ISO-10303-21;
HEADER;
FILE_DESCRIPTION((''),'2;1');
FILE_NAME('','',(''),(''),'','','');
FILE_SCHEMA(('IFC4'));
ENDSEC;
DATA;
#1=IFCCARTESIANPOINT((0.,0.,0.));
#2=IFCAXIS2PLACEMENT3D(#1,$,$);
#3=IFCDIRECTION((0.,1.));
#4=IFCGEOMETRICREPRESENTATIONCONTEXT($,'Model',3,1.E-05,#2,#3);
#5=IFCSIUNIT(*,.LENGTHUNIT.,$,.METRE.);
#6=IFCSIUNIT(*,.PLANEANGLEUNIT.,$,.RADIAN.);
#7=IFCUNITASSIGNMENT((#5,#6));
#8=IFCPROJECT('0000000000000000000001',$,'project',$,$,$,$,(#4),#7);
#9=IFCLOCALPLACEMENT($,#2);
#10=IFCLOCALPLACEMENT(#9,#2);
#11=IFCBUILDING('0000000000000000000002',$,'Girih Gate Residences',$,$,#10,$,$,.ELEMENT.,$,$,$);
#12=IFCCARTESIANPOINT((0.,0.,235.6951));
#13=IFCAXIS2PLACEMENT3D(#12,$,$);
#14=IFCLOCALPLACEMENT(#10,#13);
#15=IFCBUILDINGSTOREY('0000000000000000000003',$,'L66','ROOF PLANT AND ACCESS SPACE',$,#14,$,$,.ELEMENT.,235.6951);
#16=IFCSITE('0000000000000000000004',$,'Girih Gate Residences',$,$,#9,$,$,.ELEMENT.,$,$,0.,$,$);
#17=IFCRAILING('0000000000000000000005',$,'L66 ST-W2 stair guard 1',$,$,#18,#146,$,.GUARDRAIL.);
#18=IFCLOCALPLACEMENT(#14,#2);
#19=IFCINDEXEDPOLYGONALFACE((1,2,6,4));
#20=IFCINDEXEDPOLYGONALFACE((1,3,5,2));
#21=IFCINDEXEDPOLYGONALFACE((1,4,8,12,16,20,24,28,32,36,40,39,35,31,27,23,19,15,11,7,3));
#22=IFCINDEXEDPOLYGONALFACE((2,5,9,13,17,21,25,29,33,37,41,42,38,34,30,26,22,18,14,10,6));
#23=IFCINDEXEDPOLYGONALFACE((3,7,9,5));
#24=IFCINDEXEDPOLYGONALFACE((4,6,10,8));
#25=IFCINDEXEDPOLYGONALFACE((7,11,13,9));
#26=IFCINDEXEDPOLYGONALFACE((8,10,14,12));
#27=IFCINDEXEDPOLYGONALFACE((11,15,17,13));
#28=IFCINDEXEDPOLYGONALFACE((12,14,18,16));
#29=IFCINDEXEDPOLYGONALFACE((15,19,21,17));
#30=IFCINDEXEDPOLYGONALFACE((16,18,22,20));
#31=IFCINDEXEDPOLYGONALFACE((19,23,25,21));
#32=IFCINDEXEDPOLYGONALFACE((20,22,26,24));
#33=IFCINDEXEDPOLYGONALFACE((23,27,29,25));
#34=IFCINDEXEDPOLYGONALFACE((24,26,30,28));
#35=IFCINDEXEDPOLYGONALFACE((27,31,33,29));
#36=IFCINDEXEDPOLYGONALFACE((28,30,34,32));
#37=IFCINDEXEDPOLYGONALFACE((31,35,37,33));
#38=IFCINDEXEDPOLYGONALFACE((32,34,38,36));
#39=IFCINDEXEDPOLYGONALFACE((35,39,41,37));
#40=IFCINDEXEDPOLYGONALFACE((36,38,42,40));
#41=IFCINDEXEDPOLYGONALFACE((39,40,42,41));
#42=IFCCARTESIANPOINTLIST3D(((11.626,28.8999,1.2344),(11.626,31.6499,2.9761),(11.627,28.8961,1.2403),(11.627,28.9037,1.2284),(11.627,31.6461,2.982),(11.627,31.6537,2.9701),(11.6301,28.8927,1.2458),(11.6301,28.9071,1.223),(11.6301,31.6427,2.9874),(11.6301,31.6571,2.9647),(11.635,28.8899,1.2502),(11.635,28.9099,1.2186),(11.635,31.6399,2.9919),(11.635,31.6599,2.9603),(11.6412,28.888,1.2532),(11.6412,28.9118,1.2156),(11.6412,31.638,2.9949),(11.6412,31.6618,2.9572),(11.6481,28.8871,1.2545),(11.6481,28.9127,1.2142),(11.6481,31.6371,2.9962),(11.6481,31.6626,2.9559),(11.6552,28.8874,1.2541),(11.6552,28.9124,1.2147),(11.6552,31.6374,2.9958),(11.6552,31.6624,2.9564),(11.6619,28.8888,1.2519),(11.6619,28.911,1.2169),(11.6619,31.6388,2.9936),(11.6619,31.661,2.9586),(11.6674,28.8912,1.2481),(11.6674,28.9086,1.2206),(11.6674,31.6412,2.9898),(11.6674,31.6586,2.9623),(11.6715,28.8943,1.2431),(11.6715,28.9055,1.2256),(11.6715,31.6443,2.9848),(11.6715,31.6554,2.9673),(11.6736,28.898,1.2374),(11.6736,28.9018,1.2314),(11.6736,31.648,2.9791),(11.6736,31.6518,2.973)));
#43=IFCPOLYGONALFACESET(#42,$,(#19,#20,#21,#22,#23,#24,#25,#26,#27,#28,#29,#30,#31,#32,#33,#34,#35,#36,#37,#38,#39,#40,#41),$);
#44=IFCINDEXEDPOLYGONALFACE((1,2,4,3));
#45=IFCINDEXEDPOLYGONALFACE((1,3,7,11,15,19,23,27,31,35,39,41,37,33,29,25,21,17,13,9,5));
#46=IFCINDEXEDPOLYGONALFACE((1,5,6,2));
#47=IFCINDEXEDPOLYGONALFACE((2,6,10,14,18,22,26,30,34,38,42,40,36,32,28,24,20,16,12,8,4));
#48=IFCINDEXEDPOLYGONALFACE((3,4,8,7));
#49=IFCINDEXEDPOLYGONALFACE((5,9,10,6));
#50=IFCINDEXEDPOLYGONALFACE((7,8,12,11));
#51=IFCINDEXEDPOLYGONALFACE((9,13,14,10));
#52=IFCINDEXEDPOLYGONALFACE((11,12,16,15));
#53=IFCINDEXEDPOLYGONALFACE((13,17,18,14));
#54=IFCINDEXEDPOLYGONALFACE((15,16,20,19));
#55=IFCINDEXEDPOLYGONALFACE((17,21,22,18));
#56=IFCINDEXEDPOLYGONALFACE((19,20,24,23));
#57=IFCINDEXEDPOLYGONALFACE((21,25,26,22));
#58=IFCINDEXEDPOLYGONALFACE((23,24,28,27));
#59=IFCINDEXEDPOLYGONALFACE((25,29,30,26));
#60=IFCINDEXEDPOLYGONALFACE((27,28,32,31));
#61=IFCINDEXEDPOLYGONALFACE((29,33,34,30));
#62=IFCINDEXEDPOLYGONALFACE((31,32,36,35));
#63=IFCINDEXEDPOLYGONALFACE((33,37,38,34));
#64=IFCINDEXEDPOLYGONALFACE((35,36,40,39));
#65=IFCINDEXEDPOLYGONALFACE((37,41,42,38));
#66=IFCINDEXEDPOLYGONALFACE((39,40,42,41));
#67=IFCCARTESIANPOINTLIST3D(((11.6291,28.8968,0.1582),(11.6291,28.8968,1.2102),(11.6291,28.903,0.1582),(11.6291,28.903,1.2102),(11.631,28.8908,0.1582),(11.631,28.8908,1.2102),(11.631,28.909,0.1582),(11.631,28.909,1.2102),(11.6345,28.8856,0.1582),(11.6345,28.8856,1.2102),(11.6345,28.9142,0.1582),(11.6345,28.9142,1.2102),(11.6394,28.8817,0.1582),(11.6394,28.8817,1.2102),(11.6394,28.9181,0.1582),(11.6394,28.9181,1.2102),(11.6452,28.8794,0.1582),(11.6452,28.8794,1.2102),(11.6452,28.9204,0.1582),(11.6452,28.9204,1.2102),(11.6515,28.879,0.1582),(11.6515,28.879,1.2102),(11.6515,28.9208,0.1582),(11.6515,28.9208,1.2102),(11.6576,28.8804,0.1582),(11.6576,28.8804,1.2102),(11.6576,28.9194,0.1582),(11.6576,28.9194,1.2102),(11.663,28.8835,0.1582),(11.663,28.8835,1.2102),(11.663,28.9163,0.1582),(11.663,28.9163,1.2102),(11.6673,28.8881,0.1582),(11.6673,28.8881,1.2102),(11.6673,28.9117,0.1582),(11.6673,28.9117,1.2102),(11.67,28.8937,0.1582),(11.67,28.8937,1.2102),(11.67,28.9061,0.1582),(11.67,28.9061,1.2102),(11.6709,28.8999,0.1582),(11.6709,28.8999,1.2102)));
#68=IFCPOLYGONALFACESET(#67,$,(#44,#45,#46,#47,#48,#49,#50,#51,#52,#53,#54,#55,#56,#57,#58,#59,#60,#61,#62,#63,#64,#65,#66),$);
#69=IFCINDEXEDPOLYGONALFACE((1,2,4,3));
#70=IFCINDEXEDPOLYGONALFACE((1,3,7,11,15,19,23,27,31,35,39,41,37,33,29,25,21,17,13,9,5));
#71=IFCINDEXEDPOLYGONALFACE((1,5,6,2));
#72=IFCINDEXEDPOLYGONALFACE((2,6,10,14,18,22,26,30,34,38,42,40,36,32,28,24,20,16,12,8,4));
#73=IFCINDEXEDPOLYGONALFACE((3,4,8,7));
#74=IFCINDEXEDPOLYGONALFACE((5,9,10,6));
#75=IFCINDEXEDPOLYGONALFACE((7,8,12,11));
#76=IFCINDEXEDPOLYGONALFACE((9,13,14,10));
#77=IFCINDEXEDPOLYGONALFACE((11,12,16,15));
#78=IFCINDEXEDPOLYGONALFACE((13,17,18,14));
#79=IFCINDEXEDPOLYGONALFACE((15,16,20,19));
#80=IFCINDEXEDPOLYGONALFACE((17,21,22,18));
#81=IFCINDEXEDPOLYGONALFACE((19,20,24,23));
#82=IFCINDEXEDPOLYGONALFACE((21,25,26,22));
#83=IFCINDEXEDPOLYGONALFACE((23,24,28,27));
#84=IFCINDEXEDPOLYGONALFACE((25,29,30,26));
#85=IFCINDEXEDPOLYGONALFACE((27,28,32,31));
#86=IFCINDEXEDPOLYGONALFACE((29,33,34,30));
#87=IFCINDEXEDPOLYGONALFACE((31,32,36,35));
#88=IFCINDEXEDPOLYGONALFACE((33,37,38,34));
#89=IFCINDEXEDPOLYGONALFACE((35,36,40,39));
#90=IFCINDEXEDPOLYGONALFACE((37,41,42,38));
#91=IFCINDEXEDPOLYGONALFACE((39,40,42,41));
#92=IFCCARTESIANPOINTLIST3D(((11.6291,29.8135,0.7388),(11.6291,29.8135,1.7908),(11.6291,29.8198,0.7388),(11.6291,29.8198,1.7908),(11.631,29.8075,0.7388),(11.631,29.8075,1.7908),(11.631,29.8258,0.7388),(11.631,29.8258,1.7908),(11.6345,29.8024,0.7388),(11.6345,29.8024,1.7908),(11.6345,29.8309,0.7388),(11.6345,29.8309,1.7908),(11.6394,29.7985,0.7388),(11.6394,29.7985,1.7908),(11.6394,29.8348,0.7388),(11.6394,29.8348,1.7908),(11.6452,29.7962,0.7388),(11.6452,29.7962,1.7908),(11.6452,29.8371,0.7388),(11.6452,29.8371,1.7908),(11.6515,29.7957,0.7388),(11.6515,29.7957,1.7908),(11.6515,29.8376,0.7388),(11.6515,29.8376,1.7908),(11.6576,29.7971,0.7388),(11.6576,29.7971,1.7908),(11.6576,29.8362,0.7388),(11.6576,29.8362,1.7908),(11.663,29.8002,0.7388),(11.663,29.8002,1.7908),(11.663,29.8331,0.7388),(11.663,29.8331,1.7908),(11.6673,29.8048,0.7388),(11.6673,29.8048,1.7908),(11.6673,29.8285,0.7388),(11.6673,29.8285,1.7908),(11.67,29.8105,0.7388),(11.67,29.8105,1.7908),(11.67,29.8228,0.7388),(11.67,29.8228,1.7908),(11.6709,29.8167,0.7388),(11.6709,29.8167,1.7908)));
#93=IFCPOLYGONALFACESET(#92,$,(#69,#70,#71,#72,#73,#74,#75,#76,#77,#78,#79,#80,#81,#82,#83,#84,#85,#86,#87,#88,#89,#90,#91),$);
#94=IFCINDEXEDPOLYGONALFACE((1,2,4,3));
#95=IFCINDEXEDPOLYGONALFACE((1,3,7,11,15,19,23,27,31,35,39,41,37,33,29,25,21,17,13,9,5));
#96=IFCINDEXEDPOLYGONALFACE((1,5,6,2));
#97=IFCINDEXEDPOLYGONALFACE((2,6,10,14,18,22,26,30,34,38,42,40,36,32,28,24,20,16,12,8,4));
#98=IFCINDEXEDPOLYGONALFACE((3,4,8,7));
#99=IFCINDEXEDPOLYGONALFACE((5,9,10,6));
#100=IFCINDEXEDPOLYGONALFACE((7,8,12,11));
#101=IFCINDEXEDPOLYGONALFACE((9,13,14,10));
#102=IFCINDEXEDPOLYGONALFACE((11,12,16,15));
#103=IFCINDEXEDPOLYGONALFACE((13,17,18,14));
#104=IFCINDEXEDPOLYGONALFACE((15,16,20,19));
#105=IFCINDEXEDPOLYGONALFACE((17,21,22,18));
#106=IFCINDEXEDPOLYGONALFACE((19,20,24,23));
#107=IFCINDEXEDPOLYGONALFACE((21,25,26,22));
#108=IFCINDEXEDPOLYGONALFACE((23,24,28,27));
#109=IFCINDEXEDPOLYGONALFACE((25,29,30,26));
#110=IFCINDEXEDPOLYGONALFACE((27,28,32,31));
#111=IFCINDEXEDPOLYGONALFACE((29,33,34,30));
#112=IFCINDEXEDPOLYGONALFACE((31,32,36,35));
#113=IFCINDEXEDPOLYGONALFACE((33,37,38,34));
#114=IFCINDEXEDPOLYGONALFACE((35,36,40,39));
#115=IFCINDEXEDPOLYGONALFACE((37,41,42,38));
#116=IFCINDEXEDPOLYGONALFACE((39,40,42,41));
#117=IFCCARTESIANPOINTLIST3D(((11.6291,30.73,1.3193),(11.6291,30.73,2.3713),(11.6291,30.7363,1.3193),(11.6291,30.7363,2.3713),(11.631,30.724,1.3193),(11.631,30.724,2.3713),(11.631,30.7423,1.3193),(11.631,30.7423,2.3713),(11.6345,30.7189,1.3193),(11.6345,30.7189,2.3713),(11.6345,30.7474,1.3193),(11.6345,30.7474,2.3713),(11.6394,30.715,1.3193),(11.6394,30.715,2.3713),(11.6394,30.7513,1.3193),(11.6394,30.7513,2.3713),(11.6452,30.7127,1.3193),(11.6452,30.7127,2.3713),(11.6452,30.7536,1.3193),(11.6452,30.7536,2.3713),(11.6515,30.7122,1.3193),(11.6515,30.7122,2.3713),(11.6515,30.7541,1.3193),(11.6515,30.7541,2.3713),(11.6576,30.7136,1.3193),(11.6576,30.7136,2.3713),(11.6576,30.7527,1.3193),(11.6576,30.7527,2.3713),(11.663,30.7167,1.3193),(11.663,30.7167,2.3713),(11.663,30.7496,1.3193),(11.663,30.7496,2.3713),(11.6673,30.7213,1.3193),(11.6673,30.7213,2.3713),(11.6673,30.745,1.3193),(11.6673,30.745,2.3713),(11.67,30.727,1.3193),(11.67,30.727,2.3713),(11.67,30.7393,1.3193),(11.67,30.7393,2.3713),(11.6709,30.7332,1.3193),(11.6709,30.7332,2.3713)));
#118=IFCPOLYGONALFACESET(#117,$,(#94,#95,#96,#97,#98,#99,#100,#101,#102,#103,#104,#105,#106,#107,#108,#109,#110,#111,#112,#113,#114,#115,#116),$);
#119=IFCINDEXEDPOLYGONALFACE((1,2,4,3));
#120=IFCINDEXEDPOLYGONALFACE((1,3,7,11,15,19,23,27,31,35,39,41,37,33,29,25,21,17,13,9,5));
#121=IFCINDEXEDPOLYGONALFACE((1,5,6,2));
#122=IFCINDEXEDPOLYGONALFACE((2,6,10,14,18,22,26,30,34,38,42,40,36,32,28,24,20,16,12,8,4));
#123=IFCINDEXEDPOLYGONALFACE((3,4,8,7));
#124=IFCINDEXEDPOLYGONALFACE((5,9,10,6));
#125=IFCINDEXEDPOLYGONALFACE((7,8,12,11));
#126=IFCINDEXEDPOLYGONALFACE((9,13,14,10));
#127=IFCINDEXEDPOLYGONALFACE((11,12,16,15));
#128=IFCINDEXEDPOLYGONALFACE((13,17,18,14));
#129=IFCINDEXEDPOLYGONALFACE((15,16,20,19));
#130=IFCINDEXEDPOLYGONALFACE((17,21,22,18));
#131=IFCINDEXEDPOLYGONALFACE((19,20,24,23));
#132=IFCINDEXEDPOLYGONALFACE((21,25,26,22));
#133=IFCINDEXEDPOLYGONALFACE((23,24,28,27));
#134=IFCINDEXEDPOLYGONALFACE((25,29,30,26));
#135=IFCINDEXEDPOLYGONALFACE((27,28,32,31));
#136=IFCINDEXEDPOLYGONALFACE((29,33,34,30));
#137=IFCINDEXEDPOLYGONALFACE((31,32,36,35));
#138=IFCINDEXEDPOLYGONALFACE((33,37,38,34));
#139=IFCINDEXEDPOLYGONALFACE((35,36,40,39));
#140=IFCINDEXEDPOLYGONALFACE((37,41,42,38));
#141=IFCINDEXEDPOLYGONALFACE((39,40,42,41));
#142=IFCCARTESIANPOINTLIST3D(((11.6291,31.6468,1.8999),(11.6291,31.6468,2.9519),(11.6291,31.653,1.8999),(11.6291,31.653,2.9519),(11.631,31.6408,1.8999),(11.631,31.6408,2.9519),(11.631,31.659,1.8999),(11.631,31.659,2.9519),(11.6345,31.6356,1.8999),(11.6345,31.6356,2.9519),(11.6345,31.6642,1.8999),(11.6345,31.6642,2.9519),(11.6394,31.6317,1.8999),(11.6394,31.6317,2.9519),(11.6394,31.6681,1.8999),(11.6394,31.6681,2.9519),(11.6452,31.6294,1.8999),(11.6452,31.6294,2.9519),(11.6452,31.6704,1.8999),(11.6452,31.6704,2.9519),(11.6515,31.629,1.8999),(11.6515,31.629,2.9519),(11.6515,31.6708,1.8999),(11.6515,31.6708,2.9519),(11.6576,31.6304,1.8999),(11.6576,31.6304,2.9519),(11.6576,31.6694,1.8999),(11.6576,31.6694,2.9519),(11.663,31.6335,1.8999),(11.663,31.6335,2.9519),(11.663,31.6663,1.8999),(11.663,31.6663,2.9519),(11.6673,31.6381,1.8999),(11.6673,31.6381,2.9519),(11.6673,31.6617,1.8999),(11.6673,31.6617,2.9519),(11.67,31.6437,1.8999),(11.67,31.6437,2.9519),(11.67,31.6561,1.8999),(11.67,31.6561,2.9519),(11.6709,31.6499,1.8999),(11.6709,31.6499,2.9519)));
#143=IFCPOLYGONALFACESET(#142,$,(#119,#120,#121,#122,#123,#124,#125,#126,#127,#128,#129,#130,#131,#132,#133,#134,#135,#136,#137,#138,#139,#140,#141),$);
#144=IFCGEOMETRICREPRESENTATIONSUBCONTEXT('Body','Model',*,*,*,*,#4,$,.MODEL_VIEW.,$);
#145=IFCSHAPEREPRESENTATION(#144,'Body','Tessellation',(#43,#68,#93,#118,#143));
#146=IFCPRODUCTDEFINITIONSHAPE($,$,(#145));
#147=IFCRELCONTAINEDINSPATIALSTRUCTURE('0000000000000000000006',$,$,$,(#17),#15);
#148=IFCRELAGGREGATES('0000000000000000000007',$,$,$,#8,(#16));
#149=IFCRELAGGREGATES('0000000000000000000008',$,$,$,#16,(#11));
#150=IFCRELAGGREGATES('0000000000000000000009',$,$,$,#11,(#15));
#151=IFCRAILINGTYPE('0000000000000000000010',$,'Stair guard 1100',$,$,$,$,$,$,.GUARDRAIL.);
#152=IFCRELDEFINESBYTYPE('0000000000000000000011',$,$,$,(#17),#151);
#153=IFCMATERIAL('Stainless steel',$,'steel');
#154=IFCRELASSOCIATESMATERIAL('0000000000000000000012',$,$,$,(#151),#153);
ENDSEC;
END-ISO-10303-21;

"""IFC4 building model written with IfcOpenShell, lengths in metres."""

from ifc_helpers import new_model, si_unit, direction, frame, origin, origin_2d, place, context, subcontext, project, spatial, circle, extrude, material, type_object, element, save


model = new_model("IFC4")

# Units and contexts
model_context = context("Model", 3, precision=1e-05, world=origin(), true_north=direction((0.0, 1.0)))
body_context = subcontext(model_context, "Body", "Model", "MODEL_VIEW")
ifc_project = project(units=[si_unit("LENGTHUNIT", "METRE"), si_unit("PLANEANGLEUNIT", "RADIAN")], contexts=[model_context])

# Site, building, storey
site_placement = place(None, origin())
site = spatial("IfcSite", under=ifc_project, at=site_placement, Name="Girih Gate Residences", CompositionType="ELEMENT", RefElevation=0.0)
building_placement = place(site_placement, origin())
building = spatial("IfcBuilding", under=site, at=building_placement, Name="Girih Gate Residences", CompositionType="ELEMENT")
storey_placement = place(building_placement, frame((0.0, 0.0, 235.6951)))
storey = spatial("IfcBuildingStorey", under=building, at=storey_placement, Name="L66", Description="ROOF PLANT AND ACCESS SPACE", CompositionType="ELEMENT", Elevation=235.6951)

# Railing
ifc_material_1 = material(Name="Stainless steel", Category="steel")
railing_type_1 = type_object("IfcRailingType", Name="Stair guard 1100", PredefinedType="GUARDRAIL", material=ifc_material_1)
railing_1_placement = place(storey_placement, frame((11.6499, 28.8999, 0.1582)))
element("IfcRailing", 1, at=railing_1_placement, inside=storey, type_object=railing_type_1, Name="L66 ST-W2 stair guard 1", PredefinedType="GUARDRAIL", context=body_context, shape_type="SweptSolid", body=[
    extrude(circle(Radius=0.0239, at=origin_2d()), frame((0.0, 0.0, 1.0762), z_axis=(0.0, 0.844815, 0.535059), x_axis=(-1.0, 0.0, 0.0)), (0.0, 0.0, 1.0), 3.2551),
    extrude(circle(Radius=0.021, at=origin_2d()), origin(), (0.0, 0.0, 1.0), 1.052),
    extrude(circle(Radius=0.021, at=origin_2d()), frame((0.0, 0.9167, 0.5806)), (0.0, 0.0, 1.0), 1.052),
    extrude(circle(Radius=0.021, at=origin_2d()), frame((0.0, 1.8333, 1.1611)), (0.0, 0.0, 1.0), 1.052),
    extrude(circle(Radius=0.021, at=origin_2d()), frame((0.0, 2.75, 1.7417)), (0.0, 0.0, 1.0), 1.052),
])

save(model, "model.ifc")
